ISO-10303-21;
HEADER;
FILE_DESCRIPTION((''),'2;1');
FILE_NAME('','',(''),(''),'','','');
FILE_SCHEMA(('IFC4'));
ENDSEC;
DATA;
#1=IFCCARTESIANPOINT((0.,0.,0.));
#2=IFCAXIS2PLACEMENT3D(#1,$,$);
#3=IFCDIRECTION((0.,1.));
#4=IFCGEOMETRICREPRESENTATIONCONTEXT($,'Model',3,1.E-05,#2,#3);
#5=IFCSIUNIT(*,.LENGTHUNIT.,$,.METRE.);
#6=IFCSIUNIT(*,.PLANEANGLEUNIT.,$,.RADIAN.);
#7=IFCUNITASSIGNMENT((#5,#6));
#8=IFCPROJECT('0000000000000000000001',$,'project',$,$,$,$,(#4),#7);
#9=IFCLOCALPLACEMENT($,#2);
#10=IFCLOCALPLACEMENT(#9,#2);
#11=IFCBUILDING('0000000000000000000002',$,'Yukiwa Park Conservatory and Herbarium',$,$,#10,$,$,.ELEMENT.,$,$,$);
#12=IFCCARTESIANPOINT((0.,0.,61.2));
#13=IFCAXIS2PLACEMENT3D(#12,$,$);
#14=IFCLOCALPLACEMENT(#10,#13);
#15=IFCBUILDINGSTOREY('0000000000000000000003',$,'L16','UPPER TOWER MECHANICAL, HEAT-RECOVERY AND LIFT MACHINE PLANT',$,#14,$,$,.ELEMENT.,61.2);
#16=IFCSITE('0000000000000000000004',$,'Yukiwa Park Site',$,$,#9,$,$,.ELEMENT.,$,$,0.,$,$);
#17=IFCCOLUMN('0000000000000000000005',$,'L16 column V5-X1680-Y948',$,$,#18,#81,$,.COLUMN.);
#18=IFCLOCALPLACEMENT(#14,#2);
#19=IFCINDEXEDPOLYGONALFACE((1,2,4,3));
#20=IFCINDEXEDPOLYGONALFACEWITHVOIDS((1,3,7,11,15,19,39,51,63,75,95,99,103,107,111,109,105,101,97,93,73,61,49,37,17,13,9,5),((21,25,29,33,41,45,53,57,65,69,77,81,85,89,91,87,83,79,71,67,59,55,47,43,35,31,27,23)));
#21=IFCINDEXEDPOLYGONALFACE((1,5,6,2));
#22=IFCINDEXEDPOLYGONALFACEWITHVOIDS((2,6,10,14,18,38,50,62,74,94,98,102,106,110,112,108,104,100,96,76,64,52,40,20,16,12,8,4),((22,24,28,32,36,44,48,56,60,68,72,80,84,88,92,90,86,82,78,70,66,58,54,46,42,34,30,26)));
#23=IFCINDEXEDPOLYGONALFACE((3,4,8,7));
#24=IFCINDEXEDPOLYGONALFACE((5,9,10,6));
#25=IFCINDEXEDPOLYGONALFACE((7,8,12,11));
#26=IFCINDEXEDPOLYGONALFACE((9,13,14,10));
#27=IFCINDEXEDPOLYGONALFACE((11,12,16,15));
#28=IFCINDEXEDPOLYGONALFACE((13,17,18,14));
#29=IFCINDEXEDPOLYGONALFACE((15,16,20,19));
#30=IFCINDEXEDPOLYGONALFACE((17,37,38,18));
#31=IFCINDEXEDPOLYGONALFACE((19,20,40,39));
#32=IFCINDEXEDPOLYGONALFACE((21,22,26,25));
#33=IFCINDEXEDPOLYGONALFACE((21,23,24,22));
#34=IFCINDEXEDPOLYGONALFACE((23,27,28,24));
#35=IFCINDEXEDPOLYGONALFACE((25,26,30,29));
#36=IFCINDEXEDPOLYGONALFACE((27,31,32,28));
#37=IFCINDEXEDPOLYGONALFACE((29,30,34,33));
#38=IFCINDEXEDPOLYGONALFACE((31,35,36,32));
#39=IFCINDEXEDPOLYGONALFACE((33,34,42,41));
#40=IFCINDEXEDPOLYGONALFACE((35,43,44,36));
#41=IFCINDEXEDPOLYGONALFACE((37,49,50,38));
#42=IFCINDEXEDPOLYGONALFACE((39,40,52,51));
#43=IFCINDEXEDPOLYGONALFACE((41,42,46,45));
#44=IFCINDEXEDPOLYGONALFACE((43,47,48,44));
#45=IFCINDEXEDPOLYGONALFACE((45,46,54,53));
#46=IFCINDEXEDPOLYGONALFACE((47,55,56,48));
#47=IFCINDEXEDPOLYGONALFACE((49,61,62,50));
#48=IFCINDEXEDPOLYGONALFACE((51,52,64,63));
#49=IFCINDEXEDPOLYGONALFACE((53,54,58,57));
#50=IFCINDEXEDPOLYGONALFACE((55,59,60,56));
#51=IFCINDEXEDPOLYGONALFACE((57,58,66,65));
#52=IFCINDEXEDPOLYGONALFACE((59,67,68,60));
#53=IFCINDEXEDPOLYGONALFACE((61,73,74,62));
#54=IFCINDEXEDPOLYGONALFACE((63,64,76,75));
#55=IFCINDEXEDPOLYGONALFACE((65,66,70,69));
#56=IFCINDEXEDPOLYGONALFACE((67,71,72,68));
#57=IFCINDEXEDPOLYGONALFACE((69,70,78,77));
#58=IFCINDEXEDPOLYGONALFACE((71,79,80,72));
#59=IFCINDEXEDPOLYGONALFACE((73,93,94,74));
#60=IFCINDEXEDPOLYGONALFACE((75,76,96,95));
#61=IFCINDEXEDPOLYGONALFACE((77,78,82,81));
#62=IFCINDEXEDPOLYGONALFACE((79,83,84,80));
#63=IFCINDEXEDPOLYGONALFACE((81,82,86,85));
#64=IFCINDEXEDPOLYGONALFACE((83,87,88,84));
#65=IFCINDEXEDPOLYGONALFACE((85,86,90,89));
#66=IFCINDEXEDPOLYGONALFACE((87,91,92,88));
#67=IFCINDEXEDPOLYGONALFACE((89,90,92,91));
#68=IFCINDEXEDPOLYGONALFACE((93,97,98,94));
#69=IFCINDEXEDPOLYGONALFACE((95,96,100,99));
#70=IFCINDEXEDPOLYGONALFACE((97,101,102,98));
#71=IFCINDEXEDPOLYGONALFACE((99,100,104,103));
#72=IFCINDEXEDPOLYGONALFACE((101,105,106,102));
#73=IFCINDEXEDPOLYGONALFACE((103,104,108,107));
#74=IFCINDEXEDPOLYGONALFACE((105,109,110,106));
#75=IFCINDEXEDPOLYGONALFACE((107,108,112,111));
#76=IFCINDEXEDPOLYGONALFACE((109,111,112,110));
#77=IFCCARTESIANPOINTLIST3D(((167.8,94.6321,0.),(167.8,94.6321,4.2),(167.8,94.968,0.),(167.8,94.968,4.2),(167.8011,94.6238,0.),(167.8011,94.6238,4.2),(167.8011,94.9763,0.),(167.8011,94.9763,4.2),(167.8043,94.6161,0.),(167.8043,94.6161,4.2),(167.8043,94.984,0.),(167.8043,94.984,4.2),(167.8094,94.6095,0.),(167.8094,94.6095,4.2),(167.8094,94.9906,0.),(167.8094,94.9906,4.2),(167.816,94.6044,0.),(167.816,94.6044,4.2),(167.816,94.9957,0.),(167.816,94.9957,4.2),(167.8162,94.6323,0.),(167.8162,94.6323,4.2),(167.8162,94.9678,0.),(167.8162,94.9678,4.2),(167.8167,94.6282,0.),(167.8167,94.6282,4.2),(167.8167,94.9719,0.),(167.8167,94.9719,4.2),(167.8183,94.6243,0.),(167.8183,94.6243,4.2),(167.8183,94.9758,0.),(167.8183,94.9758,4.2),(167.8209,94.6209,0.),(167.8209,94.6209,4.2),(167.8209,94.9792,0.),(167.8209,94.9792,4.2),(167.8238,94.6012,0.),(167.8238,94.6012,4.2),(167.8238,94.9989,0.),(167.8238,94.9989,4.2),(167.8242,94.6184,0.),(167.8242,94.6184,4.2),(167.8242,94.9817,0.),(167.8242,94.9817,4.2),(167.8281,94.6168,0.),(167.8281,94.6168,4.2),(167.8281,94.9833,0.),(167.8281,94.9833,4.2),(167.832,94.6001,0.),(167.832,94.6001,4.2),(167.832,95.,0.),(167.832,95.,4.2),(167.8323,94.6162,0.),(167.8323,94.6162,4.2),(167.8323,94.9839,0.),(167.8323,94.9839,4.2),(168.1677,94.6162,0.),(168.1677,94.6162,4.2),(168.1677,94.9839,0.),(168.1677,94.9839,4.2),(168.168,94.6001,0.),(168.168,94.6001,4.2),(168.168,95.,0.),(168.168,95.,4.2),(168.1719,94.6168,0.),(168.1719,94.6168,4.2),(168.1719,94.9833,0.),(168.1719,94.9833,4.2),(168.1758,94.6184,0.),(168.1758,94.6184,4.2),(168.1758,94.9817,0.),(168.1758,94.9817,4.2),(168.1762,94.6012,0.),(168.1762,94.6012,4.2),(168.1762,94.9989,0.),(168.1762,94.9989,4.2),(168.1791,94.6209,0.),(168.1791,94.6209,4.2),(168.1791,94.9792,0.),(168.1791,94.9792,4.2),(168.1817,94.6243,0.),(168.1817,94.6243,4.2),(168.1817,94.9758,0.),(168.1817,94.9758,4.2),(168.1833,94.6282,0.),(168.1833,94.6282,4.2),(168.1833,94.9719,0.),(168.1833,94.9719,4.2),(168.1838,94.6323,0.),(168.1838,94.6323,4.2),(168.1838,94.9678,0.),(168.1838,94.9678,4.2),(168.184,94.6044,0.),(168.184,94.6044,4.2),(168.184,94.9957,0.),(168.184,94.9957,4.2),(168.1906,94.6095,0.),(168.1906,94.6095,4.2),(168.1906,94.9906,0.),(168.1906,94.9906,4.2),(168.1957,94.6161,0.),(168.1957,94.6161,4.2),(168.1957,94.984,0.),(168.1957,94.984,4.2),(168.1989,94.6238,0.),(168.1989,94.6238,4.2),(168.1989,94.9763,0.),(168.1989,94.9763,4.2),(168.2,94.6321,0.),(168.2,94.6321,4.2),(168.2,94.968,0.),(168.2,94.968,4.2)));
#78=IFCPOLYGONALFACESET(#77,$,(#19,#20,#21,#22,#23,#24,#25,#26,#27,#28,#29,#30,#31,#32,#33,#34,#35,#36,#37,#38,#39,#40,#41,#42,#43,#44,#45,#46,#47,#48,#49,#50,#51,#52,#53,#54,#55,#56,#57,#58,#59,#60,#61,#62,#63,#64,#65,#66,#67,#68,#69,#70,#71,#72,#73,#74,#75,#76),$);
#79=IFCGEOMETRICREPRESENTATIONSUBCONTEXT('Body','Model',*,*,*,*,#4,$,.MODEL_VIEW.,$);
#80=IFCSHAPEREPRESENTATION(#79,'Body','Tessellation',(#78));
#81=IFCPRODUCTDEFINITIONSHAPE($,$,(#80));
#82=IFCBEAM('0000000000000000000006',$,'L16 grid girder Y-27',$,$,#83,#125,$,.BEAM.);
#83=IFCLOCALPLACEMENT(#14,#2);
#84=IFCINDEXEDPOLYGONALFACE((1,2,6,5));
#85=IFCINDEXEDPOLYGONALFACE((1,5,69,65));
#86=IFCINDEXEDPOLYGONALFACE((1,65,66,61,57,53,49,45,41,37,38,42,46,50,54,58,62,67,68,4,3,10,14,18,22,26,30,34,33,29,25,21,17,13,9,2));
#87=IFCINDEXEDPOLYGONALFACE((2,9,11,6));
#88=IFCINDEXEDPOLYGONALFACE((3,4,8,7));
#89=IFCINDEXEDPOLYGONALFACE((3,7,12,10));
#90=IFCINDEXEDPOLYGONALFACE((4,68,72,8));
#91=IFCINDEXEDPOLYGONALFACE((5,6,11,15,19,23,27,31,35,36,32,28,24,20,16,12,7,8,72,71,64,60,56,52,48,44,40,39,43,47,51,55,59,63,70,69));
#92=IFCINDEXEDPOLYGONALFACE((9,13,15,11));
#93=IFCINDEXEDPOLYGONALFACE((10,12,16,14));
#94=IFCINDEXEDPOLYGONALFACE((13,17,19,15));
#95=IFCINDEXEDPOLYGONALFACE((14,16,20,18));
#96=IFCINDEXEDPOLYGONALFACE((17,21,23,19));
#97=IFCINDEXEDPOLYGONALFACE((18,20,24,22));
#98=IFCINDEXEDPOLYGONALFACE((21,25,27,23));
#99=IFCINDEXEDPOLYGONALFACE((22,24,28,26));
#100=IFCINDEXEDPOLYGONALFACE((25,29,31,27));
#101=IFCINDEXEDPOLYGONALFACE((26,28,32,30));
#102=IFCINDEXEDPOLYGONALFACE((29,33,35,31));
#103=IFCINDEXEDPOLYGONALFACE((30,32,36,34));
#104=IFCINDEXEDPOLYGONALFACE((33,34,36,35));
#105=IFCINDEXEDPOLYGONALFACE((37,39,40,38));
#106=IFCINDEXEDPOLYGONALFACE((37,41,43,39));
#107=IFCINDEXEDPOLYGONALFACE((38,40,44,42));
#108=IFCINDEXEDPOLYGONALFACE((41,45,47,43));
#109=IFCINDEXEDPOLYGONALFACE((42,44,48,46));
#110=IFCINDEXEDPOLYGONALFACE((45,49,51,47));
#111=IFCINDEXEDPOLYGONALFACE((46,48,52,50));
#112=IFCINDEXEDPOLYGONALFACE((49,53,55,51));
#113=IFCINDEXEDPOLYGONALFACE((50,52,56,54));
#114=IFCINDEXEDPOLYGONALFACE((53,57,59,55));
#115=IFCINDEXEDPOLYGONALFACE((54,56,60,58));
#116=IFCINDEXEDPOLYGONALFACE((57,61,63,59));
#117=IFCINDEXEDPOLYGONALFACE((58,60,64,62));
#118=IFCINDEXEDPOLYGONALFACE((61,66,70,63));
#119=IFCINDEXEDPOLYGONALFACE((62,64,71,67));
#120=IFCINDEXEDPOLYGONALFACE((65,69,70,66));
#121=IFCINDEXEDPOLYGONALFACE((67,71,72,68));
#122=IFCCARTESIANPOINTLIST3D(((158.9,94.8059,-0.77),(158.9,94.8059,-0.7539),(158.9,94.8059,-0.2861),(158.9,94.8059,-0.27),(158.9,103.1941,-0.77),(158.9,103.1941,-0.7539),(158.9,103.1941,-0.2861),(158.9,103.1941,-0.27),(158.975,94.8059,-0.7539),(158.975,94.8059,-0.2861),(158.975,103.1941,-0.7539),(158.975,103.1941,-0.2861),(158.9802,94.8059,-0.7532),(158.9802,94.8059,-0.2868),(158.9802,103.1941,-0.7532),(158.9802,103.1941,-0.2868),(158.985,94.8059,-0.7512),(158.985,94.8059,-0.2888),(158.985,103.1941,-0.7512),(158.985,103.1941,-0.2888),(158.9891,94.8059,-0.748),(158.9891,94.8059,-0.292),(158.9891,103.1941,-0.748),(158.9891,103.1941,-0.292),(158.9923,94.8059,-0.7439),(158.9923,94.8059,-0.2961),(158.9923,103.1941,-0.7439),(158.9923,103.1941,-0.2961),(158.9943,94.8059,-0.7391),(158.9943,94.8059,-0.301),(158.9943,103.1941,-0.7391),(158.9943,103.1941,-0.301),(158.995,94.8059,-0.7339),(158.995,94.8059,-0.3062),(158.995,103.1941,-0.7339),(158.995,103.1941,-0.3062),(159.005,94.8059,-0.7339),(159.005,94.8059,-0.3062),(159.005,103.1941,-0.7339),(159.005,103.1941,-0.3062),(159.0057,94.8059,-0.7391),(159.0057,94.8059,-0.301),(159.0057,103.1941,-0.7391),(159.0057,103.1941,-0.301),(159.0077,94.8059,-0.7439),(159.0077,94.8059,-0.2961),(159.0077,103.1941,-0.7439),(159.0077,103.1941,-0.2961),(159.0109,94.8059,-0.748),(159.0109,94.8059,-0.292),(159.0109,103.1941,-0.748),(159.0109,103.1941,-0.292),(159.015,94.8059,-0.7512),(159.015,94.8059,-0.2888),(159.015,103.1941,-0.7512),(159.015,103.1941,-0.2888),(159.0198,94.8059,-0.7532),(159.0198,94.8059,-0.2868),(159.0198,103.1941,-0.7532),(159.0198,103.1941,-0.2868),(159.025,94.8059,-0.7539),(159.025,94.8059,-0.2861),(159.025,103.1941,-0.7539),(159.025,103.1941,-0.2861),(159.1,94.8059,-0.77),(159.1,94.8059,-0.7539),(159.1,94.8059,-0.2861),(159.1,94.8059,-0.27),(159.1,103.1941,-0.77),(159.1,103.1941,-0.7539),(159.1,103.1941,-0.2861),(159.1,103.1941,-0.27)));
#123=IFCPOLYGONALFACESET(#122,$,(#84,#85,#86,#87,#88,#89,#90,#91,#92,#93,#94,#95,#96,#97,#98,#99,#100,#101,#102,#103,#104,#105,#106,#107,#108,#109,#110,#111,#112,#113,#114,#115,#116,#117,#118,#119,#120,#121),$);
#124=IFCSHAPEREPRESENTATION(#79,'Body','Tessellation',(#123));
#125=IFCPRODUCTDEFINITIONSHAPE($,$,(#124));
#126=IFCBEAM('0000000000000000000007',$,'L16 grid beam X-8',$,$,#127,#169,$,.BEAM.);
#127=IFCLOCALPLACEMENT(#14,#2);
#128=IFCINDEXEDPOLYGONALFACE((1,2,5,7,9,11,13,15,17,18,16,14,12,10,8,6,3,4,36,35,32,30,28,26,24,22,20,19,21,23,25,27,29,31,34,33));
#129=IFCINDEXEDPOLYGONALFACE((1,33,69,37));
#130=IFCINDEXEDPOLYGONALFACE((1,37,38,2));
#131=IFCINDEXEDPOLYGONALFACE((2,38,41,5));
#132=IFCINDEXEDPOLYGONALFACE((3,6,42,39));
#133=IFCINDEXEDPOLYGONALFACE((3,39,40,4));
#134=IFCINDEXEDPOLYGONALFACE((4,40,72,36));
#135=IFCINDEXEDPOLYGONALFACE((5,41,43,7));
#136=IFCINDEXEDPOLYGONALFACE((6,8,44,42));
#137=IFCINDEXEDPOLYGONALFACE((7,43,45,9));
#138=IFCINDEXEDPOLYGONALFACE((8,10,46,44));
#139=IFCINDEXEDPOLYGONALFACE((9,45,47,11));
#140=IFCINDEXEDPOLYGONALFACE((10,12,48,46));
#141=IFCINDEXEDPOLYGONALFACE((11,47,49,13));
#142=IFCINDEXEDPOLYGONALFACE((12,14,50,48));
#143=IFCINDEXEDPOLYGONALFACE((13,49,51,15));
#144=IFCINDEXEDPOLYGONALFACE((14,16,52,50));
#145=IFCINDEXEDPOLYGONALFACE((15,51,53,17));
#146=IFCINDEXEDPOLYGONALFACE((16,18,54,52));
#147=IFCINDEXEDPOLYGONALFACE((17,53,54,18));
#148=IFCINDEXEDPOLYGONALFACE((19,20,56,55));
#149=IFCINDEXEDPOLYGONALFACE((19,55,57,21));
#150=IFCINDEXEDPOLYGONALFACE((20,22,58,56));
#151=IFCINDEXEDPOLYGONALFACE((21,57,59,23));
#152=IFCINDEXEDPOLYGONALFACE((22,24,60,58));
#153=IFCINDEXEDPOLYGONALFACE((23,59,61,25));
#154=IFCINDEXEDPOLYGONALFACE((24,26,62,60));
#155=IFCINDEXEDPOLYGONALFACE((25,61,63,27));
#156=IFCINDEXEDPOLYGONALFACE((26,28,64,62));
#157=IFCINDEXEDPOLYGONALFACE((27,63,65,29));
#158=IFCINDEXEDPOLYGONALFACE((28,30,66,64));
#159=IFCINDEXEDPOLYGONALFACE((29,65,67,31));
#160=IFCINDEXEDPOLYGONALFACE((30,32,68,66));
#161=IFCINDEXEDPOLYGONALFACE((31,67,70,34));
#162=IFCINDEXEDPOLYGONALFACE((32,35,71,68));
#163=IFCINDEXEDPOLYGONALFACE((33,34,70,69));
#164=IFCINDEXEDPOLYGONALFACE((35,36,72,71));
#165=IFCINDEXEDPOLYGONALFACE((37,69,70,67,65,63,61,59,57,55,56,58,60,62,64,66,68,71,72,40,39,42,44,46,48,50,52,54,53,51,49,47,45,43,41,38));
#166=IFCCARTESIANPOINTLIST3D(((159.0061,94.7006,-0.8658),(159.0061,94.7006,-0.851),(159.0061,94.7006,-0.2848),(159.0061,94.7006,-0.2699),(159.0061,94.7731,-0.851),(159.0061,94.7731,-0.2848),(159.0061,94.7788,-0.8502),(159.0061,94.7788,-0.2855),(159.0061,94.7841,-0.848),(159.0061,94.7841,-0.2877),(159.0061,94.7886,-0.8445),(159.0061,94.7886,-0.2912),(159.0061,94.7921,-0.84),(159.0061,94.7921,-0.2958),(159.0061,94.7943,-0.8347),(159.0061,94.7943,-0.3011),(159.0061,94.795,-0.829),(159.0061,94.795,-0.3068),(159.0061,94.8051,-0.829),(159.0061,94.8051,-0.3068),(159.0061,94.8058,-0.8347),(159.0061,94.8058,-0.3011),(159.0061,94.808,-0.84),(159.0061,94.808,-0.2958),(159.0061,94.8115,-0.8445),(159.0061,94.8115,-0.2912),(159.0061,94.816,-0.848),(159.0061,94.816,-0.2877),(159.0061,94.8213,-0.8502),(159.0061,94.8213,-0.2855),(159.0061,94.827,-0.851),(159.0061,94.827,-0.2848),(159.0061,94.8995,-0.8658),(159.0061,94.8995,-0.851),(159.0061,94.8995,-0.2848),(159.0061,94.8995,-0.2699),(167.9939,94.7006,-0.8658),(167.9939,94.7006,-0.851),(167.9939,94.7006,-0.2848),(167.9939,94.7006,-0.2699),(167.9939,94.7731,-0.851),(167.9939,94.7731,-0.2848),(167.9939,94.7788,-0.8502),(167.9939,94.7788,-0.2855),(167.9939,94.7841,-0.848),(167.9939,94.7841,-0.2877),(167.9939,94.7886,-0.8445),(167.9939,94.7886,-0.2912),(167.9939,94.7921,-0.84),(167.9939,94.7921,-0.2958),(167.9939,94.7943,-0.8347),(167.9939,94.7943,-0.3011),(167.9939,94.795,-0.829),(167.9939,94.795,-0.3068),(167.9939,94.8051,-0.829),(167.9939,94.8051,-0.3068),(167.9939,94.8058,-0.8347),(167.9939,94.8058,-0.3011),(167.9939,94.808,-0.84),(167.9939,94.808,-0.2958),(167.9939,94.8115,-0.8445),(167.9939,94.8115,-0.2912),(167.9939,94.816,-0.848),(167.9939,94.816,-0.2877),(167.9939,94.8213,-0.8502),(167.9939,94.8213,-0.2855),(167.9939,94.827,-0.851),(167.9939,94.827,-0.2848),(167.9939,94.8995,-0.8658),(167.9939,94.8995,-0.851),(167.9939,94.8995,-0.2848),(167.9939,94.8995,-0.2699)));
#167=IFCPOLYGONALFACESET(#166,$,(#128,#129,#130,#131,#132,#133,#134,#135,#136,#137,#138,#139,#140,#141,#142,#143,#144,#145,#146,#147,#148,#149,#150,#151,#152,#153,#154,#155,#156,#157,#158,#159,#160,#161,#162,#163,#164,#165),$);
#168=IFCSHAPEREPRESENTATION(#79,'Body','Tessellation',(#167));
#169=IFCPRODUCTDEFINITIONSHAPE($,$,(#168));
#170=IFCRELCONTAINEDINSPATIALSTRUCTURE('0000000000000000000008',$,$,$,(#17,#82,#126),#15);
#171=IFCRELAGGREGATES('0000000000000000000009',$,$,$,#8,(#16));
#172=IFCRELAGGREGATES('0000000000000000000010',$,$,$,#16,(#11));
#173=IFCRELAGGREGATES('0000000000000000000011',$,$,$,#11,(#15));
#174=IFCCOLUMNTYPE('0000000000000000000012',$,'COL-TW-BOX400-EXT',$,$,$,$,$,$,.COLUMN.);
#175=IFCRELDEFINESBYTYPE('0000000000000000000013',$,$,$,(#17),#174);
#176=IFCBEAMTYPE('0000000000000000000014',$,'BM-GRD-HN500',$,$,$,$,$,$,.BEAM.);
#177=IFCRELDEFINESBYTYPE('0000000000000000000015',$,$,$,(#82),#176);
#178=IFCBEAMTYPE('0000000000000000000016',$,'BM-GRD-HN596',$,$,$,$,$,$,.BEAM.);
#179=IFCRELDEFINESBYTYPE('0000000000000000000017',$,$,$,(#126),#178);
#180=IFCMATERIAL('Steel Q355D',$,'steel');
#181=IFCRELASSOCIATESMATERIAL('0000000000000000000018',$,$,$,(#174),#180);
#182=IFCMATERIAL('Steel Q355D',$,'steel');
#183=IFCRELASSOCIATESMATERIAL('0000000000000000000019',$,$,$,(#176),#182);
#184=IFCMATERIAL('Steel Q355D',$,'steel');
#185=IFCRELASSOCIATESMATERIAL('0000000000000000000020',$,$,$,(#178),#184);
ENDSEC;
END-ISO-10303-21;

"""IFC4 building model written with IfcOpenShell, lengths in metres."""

from ifc_helpers import new_model, si_unit, direction, frame, origin, origin_2d, place, context, subcontext, project, spatial, hollow_rectangle, i_section, extrude, material, material_profile, profile_set, type_object, element, save


model = new_model("IFC4")

# Units and contexts
model_context = context("Model", 3, precision=1e-05, world=origin(), true_north=direction((0.0, 1.0)))
body_context = subcontext(model_context, "Body", "Model", "MODEL_VIEW")
ifc_project = project(units=[si_unit("LENGTHUNIT", "METRE"), si_unit("PLANEANGLEUNIT", "RADIAN")], contexts=[model_context])

# Site, building, storey
site_placement = place(None, origin())
site = spatial("IfcSite", under=ifc_project, at=site_placement, Name="Yukiwa Park Site", CompositionType="ELEMENT", RefElevation=0.0)
building_placement = place(site_placement, origin())
building = spatial("IfcBuilding", under=site, at=building_placement, Name="Yukiwa Park Conservatory and Herbarium", CompositionType="ELEMENT")
storey_placement = place(building_placement, frame((0.0, 0.0, 61.2)))
storey = spatial("IfcBuildingStorey", under=building, at=storey_placement, Name="L16", Description="UPPER TOWER MECHANICAL, HEAT-RECOVERY AND LIFT MACHINE PLANT", CompositionType="ELEMENT", Elevation=61.2)

# Column
ifc_material_1 = material(Name="Steel Q355D", Category="steel")
ifc_material_profile_1 = material_profile(ifc_material_1, hollow_rectangle(XDim=0.3999, YDim=0.3999, WallThickness=0.0161, InnerFilletRadius=0.0161, OuterFilletRadius=0.032, at=origin_2d()), Name="BOX 400x400x16")
ifc_profile_set_1 = profile_set([ifc_material_profile_1], Name="Steel Q355D")
column_type = type_object("IfcColumnType", Name="COL-TW-BOX400-EXT", PredefinedType="COLUMN", material=ifc_profile_set_1)
column_placement = place(storey_placement, frame((168.0, 94.8, 0.0), z_axis=(0.0, 0.0, 1.0), x_axis=(1.0, 0.0, 0.0)))
element("IfcColumn", 1, at=column_placement, inside=storey, type_object=column_type, Name="L16 column V5-X1680-Y948", PredefinedType="COLUMN", context=body_context, shape_type="SweptSolid", body=[
    extrude(hollow_rectangle(XDim=0.3999, YDim=0.3999, WallThickness=0.0161, InnerFilletRadius=0.0161, OuterFilletRadius=0.032, at=origin_2d()), origin(), (0.0, 0.0, 1.0), 4.2),
])

# Beams
ifc_material_2 = material(Name="Steel Q355D", Category="steel")
ifc_material_profile_2 = material_profile(ifc_material_2, i_section(OverallWidth=0.2, OverallDepth=0.5, WebThickness=0.01, FlangeThickness=0.0161, FilletRadius=0.02, at=origin_2d()), Name="HN 500x200x10x16")
ifc_profile_set_2 = profile_set([ifc_material_profile_2], Name="Steel Q355D")
beam_type_1 = type_object("IfcBeamType", Name="BM-GRD-HN500", PredefinedType="BEAM", material=ifc_profile_set_2)
beam_1_placement = place(storey_placement, frame((159.0, 94.8059, -0.52), z_axis=(0.0, 1.0, 0.0), x_axis=(-1.0, 0.0, 0.0)))
element("IfcBeam", 2, at=beam_1_placement, inside=storey, type_object=beam_type_1, Name="L16 grid girder Y-27", PredefinedType="BEAM", context=body_context, shape_type="SweptSolid", body=[
    extrude(i_section(OverallWidth=0.2, OverallDepth=0.5, WebThickness=0.01, FlangeThickness=0.0161, FilletRadius=0.02, at=origin_2d()), origin(), (0.0, 0.0, 1.0), 8.3882),
])
ifc_material_3 = material(Name="Steel Q355D", Category="steel")
ifc_material_profile_3 = material_profile(ifc_material_3, i_section(OverallWidth=0.199, OverallDepth=0.5959, WebThickness=0.01, FlangeThickness=0.0149, FilletRadius=0.022, at=origin_2d()), Name="HN 596x199x10x15")
ifc_profile_set_3 = profile_set([ifc_material_profile_3], Name="Steel Q355D")
beam_type_2 = type_object("IfcBeamType", Name="BM-GRD-HN596", PredefinedType="BEAM", material=ifc_profile_set_3)
beam_2_placement = place(storey_placement, frame((159.0061, 94.8, -0.5679), z_axis=(1.0, 0.0, 0.0), x_axis=(0.0, 1.0, 0.0)))
element("IfcBeam", 3, at=beam_2_placement, inside=storey, type_object=beam_type_2, Name="L16 grid beam X-8", PredefinedType="BEAM", context=body_context, shape_type="SweptSolid", body=[
    extrude(i_section(OverallWidth=0.199, OverallDepth=0.5959, WebThickness=0.01, FlangeThickness=0.0149, FilletRadius=0.022, at=origin_2d()), origin(), (0.0, 0.0, 1.0), 8.9878),
])

save(model, "model.ifc")
